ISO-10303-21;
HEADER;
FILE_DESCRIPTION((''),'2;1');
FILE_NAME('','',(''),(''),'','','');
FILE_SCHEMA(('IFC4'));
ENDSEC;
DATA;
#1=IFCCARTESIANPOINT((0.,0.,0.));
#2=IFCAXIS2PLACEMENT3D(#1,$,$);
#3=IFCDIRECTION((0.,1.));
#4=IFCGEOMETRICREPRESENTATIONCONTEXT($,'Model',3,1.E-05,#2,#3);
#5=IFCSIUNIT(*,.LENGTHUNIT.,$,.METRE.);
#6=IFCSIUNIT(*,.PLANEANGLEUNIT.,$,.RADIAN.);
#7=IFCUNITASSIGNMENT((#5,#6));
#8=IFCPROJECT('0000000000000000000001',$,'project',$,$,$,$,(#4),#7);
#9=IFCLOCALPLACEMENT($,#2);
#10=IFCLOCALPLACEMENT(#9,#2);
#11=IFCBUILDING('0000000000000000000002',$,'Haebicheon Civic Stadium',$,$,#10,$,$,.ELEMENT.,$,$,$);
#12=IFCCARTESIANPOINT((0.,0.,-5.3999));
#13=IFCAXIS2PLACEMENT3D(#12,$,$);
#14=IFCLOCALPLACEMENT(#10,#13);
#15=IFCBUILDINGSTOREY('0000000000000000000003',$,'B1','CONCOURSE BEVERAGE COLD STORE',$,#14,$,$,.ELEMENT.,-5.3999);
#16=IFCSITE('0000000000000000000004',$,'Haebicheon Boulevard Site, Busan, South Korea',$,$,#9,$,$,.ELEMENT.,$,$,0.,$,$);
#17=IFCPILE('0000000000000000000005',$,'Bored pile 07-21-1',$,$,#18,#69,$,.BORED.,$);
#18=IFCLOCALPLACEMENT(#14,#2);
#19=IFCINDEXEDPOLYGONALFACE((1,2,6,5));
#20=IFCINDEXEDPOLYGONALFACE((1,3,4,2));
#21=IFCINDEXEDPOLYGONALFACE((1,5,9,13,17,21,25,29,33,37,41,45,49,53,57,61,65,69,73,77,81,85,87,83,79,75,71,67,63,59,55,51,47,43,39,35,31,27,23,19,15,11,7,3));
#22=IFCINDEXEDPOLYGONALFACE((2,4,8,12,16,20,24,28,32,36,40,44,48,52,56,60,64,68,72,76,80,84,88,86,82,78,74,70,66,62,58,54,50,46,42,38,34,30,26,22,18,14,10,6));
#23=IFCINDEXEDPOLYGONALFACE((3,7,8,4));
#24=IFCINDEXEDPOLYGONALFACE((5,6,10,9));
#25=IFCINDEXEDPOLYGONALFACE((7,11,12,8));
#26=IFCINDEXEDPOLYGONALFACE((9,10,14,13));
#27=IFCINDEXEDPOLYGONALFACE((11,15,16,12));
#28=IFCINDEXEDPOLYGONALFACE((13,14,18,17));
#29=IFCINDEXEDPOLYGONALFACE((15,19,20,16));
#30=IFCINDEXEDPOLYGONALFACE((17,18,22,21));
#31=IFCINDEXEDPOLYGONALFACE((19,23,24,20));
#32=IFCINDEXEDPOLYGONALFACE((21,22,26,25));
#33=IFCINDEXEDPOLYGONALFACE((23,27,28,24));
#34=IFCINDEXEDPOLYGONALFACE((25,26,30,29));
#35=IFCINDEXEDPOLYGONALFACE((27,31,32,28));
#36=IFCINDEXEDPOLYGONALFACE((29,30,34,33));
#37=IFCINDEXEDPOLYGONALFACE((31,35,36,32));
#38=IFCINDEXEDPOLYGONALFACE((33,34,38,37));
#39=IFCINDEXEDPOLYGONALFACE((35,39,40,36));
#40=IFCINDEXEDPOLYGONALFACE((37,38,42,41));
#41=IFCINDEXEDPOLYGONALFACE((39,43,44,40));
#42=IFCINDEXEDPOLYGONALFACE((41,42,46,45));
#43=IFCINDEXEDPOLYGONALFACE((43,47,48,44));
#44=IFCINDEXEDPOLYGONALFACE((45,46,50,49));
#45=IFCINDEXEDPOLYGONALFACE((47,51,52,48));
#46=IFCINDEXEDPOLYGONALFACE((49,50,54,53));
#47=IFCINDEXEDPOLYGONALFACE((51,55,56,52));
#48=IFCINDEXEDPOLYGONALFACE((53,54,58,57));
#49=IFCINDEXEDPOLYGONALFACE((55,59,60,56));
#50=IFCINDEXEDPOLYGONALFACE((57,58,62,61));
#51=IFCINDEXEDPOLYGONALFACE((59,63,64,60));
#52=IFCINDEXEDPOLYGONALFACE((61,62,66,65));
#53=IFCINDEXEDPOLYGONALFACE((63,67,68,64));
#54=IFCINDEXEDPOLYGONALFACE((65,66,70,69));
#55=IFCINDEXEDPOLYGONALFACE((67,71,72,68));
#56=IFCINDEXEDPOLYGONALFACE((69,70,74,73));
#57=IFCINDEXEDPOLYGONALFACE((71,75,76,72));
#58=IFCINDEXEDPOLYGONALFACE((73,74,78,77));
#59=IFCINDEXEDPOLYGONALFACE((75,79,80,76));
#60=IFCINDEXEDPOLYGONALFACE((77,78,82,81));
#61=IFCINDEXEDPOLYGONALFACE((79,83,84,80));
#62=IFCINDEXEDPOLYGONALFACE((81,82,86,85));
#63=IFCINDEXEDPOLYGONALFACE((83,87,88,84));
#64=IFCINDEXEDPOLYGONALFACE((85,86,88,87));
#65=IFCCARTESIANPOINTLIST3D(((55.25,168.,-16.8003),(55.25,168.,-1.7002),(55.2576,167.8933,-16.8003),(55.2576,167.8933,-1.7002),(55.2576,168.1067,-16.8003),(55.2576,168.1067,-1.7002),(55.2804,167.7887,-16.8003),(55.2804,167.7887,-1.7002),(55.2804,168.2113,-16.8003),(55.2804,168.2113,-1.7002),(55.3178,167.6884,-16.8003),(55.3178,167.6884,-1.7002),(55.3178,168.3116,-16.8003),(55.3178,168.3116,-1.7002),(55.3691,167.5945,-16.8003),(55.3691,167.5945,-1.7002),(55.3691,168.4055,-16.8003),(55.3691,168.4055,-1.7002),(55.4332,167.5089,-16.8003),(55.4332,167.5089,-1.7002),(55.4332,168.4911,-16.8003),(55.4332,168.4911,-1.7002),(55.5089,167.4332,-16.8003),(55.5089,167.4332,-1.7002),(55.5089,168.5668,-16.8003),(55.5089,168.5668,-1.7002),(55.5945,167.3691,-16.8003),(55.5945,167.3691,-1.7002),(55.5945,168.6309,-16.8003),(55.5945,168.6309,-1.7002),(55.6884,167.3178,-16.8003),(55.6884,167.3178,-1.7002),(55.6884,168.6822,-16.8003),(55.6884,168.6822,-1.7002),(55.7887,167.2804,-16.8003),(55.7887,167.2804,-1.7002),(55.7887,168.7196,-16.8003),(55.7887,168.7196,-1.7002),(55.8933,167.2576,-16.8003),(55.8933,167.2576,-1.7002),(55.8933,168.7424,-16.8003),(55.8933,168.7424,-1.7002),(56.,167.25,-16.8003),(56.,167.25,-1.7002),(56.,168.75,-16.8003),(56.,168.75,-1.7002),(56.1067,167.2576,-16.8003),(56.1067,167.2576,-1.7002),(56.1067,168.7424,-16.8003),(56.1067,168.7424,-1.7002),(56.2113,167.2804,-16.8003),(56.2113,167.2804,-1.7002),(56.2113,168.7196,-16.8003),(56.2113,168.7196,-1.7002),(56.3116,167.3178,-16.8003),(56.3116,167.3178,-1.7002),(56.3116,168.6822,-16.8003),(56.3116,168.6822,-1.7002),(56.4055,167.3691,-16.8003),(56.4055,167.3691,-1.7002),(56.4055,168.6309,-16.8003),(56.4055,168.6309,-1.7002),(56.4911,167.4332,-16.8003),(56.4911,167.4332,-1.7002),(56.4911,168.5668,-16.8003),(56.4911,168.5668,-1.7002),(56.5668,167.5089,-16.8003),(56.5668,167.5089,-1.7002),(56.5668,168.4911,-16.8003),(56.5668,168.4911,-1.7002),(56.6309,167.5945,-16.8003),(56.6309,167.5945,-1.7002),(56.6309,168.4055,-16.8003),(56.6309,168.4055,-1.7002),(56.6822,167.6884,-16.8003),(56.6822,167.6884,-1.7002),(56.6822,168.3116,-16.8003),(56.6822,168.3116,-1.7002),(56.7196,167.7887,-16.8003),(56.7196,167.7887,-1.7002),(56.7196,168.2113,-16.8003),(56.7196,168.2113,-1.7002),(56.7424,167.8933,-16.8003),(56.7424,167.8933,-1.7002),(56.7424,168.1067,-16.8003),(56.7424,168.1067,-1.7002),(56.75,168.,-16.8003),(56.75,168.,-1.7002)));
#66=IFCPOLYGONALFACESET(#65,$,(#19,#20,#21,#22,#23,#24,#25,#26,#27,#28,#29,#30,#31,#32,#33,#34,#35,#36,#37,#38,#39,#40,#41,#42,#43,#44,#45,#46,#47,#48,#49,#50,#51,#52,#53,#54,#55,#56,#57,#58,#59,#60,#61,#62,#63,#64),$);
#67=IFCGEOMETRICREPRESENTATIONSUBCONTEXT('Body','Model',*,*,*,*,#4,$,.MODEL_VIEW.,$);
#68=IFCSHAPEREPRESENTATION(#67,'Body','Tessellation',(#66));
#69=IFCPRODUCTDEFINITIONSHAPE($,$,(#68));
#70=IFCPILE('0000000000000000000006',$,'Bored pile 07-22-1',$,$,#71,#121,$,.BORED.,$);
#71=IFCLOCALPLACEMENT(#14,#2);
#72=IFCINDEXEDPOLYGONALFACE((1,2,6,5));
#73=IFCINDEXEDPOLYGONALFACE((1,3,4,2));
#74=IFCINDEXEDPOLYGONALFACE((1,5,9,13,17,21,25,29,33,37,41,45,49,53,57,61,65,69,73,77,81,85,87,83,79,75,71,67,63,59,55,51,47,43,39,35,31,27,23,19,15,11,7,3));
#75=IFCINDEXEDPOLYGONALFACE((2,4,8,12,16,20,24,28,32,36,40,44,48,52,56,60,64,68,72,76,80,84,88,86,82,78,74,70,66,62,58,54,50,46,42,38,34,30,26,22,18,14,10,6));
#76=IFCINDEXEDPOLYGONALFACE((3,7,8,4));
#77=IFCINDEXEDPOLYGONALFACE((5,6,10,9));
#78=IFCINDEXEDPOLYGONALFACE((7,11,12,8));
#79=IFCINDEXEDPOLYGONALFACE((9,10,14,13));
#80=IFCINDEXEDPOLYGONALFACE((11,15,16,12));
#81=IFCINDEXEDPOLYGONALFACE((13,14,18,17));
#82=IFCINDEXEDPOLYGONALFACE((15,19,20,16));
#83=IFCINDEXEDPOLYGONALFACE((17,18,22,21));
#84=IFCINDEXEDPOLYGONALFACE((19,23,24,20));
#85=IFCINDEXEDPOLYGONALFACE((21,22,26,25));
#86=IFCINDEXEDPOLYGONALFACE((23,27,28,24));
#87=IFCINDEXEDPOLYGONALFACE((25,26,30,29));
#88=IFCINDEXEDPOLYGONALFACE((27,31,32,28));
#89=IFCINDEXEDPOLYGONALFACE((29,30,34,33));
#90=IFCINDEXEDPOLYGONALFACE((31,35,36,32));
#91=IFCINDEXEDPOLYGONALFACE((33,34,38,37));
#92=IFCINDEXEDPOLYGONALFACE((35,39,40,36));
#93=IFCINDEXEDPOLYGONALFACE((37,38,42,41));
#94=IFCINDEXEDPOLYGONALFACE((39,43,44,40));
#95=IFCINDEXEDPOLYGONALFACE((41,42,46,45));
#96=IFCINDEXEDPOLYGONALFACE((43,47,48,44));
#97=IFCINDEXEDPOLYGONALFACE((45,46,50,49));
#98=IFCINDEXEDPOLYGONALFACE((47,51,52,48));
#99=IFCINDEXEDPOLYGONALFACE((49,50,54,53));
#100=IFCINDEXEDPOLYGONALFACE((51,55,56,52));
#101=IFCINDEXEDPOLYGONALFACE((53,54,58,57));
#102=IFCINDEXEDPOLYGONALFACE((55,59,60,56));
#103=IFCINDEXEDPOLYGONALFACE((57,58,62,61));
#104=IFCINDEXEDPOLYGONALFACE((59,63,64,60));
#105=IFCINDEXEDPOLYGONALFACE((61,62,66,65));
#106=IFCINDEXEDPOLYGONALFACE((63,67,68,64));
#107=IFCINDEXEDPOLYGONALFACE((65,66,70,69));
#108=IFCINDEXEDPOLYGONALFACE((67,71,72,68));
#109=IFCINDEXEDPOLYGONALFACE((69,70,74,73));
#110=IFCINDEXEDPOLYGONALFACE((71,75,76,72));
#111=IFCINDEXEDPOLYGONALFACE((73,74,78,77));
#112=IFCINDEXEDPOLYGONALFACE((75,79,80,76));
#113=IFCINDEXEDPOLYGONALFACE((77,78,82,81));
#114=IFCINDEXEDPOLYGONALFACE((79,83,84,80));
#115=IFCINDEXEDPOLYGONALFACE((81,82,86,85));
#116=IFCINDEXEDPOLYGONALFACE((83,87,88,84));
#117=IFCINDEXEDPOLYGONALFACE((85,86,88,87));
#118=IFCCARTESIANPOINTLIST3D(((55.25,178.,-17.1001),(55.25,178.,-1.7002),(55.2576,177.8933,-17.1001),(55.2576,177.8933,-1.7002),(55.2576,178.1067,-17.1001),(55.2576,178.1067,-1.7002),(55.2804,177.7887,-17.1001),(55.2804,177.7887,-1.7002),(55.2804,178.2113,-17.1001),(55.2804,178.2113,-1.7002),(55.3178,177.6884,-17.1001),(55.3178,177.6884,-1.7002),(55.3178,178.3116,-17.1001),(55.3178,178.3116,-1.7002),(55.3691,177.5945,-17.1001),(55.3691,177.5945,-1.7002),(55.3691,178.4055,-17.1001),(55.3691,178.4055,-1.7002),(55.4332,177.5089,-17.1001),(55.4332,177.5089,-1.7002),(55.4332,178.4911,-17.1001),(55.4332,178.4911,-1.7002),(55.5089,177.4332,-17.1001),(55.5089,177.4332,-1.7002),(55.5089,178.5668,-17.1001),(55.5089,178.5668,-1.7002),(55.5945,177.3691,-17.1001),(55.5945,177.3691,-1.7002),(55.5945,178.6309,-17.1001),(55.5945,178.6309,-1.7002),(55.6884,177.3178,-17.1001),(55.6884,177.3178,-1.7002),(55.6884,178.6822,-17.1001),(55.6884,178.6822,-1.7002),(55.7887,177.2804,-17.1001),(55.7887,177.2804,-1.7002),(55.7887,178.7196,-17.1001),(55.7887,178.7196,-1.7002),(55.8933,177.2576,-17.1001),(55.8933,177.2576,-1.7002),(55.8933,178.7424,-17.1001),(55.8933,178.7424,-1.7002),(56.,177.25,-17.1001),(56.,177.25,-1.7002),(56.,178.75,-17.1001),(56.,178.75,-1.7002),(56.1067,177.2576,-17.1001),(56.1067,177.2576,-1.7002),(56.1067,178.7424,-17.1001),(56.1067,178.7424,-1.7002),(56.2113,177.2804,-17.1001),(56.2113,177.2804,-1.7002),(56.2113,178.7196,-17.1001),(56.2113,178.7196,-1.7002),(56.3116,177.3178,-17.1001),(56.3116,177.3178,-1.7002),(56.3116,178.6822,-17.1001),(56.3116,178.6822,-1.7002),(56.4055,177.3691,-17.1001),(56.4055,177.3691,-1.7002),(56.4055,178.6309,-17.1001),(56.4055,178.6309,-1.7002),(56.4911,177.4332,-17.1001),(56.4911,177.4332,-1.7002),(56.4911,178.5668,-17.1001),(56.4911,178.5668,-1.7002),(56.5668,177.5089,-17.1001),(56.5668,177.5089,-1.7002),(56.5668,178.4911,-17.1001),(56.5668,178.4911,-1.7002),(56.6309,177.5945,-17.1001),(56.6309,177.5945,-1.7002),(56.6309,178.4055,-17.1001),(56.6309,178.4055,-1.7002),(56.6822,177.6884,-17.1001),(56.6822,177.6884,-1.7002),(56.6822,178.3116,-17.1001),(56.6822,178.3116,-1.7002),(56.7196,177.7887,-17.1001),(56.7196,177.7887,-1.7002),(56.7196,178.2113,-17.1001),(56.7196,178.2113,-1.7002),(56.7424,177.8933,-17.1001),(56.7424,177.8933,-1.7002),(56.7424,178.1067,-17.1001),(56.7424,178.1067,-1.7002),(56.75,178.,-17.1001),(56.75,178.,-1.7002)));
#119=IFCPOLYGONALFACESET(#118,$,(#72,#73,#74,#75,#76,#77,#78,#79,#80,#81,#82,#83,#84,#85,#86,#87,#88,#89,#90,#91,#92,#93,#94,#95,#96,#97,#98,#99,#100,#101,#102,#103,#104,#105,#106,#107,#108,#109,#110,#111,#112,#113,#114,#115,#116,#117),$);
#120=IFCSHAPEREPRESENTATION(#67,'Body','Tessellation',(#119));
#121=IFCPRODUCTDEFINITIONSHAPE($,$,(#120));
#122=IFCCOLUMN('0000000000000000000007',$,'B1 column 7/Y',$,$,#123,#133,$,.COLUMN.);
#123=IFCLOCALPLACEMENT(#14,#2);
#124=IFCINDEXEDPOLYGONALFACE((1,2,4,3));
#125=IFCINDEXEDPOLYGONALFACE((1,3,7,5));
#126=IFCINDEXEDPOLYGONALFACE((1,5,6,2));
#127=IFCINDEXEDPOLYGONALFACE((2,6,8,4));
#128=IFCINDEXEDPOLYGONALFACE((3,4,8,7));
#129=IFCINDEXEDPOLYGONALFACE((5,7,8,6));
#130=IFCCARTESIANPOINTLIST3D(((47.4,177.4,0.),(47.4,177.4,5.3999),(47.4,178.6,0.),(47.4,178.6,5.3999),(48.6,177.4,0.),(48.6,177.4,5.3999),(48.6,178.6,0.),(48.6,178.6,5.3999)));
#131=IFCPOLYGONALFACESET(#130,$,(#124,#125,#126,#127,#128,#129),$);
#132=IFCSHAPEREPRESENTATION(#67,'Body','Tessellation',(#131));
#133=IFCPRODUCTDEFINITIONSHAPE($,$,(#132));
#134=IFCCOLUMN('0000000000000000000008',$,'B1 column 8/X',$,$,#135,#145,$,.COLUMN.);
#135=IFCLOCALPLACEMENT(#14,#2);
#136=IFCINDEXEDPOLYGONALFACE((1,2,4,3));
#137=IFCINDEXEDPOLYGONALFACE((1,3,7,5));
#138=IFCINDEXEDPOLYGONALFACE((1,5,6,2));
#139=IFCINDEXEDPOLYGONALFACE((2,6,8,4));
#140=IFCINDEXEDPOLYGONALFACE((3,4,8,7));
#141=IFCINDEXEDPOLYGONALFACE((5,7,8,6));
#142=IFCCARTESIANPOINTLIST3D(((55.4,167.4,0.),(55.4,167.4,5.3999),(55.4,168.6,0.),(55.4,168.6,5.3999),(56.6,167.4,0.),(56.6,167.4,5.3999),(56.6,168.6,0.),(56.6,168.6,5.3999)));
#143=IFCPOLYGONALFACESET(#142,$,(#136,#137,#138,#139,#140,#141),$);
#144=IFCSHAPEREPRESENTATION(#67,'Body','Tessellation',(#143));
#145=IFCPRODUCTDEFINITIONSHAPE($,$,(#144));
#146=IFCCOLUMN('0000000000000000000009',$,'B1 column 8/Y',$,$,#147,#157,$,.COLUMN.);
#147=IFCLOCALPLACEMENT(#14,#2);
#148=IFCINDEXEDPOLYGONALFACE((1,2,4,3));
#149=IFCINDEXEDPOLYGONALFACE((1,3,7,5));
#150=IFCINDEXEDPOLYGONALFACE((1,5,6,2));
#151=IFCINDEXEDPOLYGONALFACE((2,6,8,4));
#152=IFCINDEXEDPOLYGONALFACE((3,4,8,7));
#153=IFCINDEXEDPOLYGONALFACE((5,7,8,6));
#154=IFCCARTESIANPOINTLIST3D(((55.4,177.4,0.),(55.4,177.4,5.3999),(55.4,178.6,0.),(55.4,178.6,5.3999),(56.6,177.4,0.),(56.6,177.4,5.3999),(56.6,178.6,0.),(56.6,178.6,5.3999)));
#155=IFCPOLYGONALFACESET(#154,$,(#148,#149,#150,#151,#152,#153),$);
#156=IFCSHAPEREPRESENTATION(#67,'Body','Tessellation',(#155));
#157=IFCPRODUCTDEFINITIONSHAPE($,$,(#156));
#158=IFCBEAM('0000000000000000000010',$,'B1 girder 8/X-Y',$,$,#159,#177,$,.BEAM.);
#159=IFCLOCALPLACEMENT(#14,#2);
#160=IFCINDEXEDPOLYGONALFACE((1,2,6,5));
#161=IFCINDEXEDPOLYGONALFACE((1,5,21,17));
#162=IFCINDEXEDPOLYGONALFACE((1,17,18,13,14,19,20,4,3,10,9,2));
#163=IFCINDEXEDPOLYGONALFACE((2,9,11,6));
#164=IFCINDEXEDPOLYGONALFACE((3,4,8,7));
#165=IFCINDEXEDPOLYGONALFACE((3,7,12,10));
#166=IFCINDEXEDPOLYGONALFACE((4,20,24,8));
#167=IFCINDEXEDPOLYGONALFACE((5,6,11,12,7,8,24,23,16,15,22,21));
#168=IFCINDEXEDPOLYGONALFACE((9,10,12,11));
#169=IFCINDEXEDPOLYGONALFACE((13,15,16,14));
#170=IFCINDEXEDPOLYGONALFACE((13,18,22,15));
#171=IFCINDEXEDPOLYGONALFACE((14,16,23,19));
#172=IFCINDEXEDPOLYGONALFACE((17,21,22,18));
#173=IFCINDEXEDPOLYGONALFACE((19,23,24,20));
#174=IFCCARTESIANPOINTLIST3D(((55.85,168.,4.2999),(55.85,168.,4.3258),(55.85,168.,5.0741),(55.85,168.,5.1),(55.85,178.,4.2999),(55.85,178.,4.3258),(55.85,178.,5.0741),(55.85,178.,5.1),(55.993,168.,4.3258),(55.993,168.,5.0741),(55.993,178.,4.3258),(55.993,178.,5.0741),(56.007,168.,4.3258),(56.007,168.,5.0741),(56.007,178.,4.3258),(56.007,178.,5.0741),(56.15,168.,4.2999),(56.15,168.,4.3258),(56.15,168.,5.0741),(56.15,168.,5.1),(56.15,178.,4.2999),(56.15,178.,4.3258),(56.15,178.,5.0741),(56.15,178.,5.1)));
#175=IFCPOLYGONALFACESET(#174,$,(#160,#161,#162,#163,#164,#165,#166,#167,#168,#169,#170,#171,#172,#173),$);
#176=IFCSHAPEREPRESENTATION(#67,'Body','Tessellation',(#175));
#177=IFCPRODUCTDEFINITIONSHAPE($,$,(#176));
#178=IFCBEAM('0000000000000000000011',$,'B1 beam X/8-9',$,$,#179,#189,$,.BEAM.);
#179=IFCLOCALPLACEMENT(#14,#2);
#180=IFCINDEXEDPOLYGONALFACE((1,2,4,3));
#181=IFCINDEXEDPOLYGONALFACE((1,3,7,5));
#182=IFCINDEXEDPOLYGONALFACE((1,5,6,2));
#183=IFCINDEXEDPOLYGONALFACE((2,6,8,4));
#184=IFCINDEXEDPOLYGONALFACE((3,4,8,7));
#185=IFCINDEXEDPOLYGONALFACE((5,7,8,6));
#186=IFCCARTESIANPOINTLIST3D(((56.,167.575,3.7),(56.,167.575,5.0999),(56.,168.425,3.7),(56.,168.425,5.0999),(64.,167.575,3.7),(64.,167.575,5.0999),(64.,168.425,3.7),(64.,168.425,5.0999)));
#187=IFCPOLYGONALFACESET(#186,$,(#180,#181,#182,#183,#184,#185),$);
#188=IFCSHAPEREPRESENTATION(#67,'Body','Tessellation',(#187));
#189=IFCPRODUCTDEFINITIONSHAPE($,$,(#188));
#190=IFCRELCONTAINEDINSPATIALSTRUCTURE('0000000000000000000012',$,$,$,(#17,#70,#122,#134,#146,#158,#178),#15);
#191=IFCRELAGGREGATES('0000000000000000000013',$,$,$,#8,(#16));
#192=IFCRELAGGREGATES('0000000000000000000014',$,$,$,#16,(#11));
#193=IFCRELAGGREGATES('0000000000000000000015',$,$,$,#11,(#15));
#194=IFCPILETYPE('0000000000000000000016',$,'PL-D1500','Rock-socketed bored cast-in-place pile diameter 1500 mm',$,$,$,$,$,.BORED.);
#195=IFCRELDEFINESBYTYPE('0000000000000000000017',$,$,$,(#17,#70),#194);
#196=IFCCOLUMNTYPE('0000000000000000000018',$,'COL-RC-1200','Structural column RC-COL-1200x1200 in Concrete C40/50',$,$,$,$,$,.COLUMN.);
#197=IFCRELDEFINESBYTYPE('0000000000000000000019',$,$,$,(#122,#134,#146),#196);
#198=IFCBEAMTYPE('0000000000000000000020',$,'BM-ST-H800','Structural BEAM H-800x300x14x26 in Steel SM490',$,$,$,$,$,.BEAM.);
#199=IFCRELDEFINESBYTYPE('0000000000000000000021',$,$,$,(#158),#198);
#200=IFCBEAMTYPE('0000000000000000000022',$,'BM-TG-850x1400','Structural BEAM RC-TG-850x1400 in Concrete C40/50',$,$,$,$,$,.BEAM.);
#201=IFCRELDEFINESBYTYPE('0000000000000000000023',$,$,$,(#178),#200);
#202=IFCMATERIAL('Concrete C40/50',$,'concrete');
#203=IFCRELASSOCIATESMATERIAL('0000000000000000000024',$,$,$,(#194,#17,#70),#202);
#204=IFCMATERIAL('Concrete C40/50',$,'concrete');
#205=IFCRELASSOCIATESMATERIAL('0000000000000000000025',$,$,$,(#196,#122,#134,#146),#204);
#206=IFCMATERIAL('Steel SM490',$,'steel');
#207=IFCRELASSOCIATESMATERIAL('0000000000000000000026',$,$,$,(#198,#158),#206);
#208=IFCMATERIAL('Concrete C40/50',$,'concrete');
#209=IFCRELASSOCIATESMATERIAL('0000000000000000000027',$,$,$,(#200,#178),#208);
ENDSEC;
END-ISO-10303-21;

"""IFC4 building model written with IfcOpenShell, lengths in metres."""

from ifc_helpers import new_model, si_unit, direction, frame, origin, origin_2d, place, context, subcontext, project, spatial, rectangle, circle, i_section, extrude, material, material_profile, profile_set, type_object, element, save


model = new_model("IFC4")

# Units and contexts
model_context = context("Model", 3, precision=1e-05, world=origin(), true_north=direction((0.0, 1.0)))
body_context = subcontext(model_context, "Body", "Model", "MODEL_VIEW")
ifc_project = project(units=[si_unit("LENGTHUNIT", "METRE"), si_unit("PLANEANGLEUNIT", "RADIAN")], contexts=[model_context])

# Site, building, storey
site_placement = place(None, origin())
site = spatial("IfcSite", under=ifc_project, at=site_placement, Name="Haebicheon Boulevard Site, Busan, South Korea", CompositionType="ELEMENT", RefElevation=0.0)
building_placement = place(site_placement, origin())
building = spatial("IfcBuilding", under=site, at=building_placement, Name="Haebicheon Civic Stadium", CompositionType="ELEMENT")
storey_placement = place(building_placement, frame((0.0, 0.0, -5.3999)))
storey = spatial("IfcBuildingStorey", under=building, at=storey_placement, Name="B1", Description="CONCOURSE BEVERAGE COLD STORE", CompositionType="ELEMENT", Elevation=-5.3999)

# Piles
ifc_material_1 = material(Name="Concrete C40/50", Category="concrete")
ifc_material_profile_1 = material_profile(ifc_material_1, circle(Radius=0.75, at=origin_2d()), Name="PILE-D1500")
ifc_profile_set_1 = profile_set([ifc_material_profile_1], Name="Concrete C40/50")
pile_type_1 = type_object("IfcPileType", Name="PL-D1500", Description="Rock-socketed bored cast-in-place pile diameter 1500 mm", PredefinedType="BORED", material=ifc_profile_set_1)
for number, where, z_axis, x_axis, name in (
    (1, (56.0, 168.0, -1.7002), (0.0, 0.0, -1.0), (1.0, 0.0, 0.0), "Bored pile 07-21-1"),
):
    element("IfcPile", number, at=place(storey_placement, frame(where, z_axis=z_axis, x_axis=x_axis)), inside=storey, type_object=pile_type_1, material=ifc_profile_set_1, Name=name, PredefinedType="BORED", context=body_context, shape_type="SweptSolid", body=[
        extrude(circle(Radius=0.75, at=origin_2d()), origin(), (0.0, 0.0, 1.0), 15.1001),
    ])
pile_1_placement = place(storey_placement, frame((56.0, 178.0, -1.7002), z_axis=(0.0, 0.0, -1.0), x_axis=(1.0, 0.0, 0.0)))
element("IfcPile", 2, at=pile_1_placement, inside=storey, type_object=pile_type_1, material=ifc_profile_set_1, Name="Bored pile 07-22-1", PredefinedType="BORED", context=body_context, shape_type="SweptSolid", body=[
    extrude(circle(Radius=0.75, at=origin_2d()), origin(), (0.0, 0.0, 1.0), 15.3999),
])

# Columns
ifc_material_2 = material(Name="Concrete C40/50", Category="concrete")
ifc_material_profile_2 = material_profile(ifc_material_2, rectangle(XDim=1.2, YDim=1.2, at=origin_2d()), Name="RC-COL-1200x1200")
ifc_profile_set_2 = profile_set([ifc_material_profile_2], Name="Concrete C40/50")
column_type = type_object("IfcColumnType", Name="COL-RC-1200", Description="Structural column RC-COL-1200x1200 in Concrete C40/50", PredefinedType="COLUMN", material=ifc_profile_set_2)
for number, where, z_axis, x_axis, name in (
    (3, (48.0, 178.0, 0.0), (0.0, 0.0, 1.0), (1.0, 0.0, 0.0), "B1 column 7/Y"),
    (4, (56.0, 168.0, 0.0), (0.0, 0.0, 1.0), (1.0, 0.0, 0.0), "B1 column 8/X"),
    (5, (56.0, 178.0, 0.0), (0.0, 0.0, 1.0), (1.0, 0.0, 0.0), "B1 column 8/Y"),
):
    element("IfcColumn", number, at=place(storey_placement, frame(where, z_axis=z_axis, x_axis=x_axis)), inside=storey, type_object=column_type, material=ifc_profile_set_2, Name=name, PredefinedType="COLUMN", context=body_context, shape_type="SweptSolid", body=[
        extrude(rectangle(XDim=1.2, YDim=1.2, at=origin_2d()), origin(), (0.0, 0.0, 1.0), 5.3999),
    ])

# Beams
ifc_material_3 = material(Name="Steel SM490", Category="steel")
ifc_material_profile_3 = material_profile(ifc_material_3, i_section(OverallWidth=0.3, OverallDepth=0.8, WebThickness=0.0139, FlangeThickness=0.0259, at=origin_2d()), Name="H-800x300x14x26")
ifc_profile_set_3 = profile_set([ifc_material_profile_3], Name="Steel SM490")
beam_type_1 = type_object("IfcBeamType", Name="BM-ST-H800", Description="Structural BEAM H-800x300x14x26 in Steel SM490", PredefinedType="BEAM", material=ifc_profile_set_3)
beam_1_placement = place(storey_placement, frame((56.0, 168.0, 4.7), z_axis=(0.0, 1.0, 0.0), x_axis=(-1.0, 0.0, 0.0)))
element("IfcBeam", 6, at=beam_1_placement, inside=storey, type_object=beam_type_1, material=ifc_profile_set_3, Name="B1 girder 8/X-Y", PredefinedType="BEAM", context=body_context, shape_type="SweptSolid", body=[
    extrude(i_section(OverallWidth=0.3, OverallDepth=0.8, WebThickness=0.0139, FlangeThickness=0.0259, at=origin_2d()), origin(), (0.0, 0.0, 1.0), 10.0),
])
ifc_material_4 = material(Name="Concrete C40/50", Category="concrete")
ifc_material_profile_4 = material_profile(ifc_material_4, rectangle(XDim=0.8501, YDim=1.3999, at=origin_2d()), Name="RC-TG-850x1400")
ifc_profile_set_4 = profile_set([ifc_material_profile_4], Name="Concrete C40/50")
beam_type_2 = type_object("IfcBeamType", Name="BM-TG-850x1400", Description="Structural BEAM RC-TG-850x1400 in Concrete C40/50", PredefinedType="BEAM", material=ifc_profile_set_4)
beam_2_placement = place(storey_placement, frame((56.0, 168.0, 4.3999), z_axis=(1.0, 0.0, 0.0), x_axis=(0.0, 1.0, 0.0)))
element("IfcBeam", 7, at=beam_2_placement, inside=storey, type_object=beam_type_2, material=ifc_profile_set_4, Name="B1 beam X/8-9", PredefinedType="BEAM", context=body_context, shape_type="SweptSolid", body=[
    extrude(rectangle(XDim=0.8501, YDim=1.3999, at=origin_2d()), origin(), (0.0, 0.0, 1.0), 8.0),
])

save(model, "model.ifc")
